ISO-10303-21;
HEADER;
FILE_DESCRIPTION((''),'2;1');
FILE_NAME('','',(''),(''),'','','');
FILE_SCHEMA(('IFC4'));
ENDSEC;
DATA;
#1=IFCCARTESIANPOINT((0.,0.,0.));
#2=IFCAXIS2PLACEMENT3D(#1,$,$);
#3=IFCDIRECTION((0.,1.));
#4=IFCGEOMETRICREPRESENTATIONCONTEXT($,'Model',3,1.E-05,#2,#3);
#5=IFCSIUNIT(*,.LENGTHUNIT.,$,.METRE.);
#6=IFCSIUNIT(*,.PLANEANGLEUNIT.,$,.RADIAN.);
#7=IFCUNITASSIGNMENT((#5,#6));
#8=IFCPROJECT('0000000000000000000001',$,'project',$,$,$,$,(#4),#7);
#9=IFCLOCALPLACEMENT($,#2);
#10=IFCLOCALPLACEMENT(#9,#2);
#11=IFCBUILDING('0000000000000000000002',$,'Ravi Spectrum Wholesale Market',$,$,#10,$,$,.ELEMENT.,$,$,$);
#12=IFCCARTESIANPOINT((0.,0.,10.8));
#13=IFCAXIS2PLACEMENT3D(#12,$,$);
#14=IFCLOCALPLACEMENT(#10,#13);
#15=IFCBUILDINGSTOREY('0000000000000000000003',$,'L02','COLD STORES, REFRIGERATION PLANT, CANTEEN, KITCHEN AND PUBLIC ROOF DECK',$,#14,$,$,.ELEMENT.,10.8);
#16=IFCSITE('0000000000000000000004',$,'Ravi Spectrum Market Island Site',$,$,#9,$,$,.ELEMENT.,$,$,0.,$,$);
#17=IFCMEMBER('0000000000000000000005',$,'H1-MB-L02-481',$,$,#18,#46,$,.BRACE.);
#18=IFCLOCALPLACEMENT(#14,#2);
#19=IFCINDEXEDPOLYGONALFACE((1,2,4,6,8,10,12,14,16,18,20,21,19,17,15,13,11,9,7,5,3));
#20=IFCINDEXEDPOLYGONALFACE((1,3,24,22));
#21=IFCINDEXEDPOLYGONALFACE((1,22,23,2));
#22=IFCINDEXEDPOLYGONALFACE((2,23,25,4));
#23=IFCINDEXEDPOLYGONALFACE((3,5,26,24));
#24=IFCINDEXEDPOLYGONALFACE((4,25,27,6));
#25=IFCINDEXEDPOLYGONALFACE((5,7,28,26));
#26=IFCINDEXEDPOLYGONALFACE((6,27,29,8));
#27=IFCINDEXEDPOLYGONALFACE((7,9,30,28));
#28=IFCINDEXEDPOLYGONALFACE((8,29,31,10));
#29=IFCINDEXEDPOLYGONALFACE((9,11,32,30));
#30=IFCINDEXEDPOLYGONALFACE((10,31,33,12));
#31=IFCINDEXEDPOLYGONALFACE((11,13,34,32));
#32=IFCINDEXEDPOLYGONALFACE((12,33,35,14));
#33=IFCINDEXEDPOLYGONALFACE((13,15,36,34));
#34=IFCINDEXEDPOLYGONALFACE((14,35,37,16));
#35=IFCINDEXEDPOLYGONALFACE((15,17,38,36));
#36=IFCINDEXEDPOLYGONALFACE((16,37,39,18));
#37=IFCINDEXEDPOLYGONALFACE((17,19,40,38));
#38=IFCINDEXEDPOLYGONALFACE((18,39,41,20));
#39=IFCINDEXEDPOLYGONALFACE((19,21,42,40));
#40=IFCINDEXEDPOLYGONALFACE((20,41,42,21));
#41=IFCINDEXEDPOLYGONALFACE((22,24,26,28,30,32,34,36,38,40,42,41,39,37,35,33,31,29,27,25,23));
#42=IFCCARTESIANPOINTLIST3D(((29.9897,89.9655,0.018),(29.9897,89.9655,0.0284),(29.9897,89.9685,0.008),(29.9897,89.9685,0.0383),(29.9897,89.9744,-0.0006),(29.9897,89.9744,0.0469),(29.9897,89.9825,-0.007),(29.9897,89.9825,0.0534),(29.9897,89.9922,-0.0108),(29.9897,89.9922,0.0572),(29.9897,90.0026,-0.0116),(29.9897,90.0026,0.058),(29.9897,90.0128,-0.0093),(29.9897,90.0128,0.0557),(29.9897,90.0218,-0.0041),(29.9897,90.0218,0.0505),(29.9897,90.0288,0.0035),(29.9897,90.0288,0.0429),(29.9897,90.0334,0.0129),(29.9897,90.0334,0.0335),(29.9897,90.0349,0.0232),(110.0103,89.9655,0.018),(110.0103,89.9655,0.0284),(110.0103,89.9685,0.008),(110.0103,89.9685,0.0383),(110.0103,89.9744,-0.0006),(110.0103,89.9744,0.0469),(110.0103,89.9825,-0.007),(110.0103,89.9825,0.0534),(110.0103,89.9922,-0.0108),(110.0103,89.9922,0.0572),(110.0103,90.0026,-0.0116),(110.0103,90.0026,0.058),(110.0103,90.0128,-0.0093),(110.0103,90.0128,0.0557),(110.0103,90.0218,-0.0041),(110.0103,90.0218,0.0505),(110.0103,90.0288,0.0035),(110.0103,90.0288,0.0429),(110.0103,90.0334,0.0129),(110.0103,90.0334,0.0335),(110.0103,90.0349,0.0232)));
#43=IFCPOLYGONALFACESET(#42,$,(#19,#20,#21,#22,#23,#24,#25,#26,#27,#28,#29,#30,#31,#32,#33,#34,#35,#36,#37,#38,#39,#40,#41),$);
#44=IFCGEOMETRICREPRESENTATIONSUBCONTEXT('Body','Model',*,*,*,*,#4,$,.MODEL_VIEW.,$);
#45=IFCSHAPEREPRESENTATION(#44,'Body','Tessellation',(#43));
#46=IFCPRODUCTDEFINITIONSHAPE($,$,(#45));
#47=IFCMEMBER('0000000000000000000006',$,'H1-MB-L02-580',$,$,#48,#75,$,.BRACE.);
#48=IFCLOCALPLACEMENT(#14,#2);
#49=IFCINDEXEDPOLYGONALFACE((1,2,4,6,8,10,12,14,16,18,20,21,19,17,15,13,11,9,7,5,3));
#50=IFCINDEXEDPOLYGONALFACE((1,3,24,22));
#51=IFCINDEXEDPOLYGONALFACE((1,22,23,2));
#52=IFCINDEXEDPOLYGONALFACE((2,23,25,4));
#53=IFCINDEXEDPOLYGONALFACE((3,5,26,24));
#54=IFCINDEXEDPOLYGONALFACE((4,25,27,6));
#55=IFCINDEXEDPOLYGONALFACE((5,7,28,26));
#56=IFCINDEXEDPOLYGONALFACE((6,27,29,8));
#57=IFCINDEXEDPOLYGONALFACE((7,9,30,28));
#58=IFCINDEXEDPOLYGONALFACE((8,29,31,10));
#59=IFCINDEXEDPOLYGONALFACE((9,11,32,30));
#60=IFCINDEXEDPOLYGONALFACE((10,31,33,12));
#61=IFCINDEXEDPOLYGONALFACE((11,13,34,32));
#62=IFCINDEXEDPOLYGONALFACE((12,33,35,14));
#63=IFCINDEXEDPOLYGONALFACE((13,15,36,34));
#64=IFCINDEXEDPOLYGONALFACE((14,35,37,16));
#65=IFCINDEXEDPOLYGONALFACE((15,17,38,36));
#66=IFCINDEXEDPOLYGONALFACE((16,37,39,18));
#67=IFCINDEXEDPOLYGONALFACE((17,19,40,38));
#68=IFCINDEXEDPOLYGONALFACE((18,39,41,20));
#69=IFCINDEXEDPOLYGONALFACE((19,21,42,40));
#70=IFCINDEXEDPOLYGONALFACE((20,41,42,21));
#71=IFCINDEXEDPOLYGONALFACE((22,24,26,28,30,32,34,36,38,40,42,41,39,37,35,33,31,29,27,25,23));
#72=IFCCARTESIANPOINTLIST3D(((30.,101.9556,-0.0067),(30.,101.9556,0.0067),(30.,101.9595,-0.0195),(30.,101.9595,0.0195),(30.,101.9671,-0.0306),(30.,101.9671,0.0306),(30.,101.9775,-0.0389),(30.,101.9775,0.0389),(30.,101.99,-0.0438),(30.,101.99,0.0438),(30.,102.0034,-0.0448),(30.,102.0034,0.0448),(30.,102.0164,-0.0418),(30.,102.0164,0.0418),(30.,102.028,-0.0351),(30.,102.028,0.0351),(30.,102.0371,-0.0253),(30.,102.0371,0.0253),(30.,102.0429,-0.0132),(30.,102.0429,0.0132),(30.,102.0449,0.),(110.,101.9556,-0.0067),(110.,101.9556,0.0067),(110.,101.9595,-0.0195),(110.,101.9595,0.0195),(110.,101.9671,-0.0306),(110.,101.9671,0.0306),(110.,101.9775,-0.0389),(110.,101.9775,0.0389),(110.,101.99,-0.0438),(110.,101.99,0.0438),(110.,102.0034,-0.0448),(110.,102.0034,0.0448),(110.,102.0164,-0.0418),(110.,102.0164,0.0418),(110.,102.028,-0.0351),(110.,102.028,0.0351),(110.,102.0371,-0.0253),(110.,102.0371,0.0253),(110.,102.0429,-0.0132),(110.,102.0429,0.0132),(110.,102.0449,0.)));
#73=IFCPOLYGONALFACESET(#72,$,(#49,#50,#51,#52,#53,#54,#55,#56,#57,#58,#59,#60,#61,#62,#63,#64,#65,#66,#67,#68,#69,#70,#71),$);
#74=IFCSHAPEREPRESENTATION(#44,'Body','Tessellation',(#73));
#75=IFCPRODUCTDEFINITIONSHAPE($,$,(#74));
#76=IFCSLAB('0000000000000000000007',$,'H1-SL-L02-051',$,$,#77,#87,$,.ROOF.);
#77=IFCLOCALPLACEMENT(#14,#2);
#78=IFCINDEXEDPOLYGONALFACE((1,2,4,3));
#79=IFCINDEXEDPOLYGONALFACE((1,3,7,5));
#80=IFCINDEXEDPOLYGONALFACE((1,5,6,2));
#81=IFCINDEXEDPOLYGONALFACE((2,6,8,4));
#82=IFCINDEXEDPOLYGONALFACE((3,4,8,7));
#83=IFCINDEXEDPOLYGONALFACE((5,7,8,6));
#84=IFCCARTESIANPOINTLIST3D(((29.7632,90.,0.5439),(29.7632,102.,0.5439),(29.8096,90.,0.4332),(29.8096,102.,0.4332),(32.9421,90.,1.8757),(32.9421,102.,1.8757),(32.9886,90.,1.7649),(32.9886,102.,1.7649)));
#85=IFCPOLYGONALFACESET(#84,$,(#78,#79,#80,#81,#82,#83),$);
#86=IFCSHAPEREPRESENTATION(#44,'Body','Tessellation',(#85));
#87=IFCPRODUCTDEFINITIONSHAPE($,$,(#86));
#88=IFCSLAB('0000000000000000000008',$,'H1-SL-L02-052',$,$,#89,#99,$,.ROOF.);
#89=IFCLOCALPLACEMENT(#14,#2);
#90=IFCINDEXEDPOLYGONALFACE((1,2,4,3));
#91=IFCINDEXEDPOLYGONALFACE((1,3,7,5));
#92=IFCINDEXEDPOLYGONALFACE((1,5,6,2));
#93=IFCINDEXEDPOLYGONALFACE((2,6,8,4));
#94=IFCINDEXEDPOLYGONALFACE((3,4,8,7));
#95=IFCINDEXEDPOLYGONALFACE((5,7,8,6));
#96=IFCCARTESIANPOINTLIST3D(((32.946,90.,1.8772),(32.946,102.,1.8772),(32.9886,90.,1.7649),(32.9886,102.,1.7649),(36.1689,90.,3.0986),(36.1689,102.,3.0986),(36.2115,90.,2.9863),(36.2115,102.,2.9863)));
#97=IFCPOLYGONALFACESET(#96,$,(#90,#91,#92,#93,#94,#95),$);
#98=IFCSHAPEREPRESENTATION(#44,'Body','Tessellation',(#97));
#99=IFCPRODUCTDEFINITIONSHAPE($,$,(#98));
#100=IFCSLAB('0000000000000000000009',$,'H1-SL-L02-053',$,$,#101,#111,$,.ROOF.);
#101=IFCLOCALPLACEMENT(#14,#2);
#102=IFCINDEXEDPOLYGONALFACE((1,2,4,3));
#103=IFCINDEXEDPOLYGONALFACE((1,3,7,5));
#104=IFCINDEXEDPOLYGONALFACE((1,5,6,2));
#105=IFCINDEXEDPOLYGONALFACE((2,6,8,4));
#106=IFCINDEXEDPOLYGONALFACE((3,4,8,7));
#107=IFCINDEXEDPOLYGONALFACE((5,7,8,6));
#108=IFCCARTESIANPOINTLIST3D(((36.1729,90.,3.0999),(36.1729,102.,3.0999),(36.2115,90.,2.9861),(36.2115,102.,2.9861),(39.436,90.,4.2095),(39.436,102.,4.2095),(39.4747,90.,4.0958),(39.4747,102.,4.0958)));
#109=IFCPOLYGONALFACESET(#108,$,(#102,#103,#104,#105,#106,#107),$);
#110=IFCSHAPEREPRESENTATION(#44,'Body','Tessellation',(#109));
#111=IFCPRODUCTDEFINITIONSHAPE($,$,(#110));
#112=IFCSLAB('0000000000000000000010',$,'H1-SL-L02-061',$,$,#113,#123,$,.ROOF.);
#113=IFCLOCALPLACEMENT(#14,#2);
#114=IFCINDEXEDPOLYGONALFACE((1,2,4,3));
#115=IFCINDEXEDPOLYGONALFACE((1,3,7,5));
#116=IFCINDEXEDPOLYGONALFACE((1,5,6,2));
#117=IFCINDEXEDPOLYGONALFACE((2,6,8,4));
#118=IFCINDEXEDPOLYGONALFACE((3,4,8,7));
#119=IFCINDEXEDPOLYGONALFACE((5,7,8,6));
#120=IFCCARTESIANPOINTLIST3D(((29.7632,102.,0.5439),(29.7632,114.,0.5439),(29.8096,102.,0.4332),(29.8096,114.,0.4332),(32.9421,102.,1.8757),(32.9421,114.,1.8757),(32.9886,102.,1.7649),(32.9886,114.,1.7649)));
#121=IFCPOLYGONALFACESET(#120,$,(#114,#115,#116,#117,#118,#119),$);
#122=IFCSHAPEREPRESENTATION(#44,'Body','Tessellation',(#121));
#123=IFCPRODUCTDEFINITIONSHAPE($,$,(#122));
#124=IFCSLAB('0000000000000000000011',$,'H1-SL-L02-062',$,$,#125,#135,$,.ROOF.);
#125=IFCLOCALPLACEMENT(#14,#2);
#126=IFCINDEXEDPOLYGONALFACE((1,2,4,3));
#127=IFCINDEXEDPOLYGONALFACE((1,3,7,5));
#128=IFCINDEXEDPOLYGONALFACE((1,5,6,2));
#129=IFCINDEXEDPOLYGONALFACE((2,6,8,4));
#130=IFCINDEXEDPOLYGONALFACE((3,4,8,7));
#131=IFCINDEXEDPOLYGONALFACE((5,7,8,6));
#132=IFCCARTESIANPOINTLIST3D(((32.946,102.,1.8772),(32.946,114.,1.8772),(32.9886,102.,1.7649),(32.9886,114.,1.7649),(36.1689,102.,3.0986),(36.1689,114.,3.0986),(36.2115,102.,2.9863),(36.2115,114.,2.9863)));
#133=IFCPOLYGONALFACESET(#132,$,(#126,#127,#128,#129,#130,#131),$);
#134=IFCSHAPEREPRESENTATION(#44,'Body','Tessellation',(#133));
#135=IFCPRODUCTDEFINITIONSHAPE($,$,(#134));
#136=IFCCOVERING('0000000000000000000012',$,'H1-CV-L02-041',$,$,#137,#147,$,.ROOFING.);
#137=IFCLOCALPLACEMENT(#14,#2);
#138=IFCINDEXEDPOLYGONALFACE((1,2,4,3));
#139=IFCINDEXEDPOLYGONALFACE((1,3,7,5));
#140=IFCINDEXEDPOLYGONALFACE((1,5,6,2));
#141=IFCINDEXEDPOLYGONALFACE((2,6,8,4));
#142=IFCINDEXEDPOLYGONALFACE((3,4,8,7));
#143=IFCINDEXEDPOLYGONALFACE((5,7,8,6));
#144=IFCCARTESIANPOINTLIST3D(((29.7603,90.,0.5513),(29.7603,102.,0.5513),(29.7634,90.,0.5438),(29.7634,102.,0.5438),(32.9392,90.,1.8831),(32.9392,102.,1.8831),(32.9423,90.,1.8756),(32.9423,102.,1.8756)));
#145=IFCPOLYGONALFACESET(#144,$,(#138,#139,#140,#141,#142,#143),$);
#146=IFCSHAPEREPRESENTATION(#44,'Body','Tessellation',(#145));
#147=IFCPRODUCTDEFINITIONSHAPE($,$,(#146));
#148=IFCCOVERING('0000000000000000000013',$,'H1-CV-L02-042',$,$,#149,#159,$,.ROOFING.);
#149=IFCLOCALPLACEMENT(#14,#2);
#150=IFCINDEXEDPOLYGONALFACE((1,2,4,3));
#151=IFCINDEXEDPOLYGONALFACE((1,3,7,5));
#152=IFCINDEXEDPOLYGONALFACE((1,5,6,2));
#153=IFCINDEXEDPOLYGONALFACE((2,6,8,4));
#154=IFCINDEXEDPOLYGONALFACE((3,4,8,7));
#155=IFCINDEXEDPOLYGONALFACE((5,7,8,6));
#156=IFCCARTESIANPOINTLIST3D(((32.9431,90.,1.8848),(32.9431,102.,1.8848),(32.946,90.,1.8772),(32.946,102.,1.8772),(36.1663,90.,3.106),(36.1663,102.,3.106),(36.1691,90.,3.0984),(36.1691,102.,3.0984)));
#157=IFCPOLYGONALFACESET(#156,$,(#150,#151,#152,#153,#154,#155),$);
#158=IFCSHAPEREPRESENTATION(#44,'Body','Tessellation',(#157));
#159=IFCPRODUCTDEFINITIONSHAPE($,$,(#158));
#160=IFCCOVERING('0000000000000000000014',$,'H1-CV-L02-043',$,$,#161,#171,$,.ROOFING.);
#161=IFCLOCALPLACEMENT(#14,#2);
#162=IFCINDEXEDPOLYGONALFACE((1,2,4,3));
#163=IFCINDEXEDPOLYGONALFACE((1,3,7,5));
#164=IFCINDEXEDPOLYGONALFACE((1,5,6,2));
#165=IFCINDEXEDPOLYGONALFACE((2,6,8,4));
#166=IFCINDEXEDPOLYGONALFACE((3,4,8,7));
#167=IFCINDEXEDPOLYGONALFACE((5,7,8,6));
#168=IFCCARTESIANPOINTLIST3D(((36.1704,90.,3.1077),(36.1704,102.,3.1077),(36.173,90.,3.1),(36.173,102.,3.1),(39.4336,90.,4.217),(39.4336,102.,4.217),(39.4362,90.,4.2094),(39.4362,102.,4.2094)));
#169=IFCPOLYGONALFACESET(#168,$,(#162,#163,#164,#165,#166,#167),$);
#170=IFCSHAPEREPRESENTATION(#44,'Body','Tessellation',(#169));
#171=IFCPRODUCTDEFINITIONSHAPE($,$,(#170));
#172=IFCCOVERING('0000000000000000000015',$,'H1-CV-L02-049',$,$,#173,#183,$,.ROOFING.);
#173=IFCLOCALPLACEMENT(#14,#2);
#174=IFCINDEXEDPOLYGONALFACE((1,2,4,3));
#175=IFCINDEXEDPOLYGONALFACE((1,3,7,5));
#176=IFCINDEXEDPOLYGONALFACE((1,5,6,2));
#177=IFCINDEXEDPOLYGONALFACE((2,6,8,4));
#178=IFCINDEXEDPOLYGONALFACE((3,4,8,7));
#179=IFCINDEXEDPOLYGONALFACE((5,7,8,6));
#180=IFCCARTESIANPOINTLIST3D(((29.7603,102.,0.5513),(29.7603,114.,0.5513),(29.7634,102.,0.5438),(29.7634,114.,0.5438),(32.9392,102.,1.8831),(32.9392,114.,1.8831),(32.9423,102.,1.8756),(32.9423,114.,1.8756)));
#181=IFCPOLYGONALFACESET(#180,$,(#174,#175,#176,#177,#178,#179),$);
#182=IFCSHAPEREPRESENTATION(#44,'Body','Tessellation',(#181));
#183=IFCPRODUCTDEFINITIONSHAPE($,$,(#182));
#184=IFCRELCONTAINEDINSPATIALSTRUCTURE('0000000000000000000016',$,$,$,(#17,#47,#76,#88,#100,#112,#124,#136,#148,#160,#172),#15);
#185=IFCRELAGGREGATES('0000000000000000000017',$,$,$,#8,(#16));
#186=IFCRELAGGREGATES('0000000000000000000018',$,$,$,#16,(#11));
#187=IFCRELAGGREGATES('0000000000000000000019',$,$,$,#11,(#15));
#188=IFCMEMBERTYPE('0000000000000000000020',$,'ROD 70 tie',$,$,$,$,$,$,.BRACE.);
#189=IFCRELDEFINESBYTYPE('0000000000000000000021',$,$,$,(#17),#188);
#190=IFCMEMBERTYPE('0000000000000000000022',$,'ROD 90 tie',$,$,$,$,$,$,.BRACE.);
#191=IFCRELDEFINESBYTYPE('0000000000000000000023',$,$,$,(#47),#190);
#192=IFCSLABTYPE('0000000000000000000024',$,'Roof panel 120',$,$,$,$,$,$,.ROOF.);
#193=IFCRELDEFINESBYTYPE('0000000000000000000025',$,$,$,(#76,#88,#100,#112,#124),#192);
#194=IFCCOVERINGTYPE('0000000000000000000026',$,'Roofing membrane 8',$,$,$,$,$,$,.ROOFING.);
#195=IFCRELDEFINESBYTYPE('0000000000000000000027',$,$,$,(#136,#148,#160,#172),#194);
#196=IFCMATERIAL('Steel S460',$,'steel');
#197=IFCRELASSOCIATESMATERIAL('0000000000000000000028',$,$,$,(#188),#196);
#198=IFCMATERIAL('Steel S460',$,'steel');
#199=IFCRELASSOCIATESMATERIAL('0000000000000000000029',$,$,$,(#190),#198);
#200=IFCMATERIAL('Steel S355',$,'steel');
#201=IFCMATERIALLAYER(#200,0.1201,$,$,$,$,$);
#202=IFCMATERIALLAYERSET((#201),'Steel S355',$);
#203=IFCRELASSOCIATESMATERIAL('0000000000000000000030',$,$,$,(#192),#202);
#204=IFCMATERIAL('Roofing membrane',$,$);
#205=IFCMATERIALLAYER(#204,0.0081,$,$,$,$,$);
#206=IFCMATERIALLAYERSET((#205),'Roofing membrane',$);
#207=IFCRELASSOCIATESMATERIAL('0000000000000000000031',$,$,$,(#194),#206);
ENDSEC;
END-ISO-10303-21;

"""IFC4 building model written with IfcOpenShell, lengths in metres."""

from ifc_helpers import new_model, si_unit, direction, frame, origin, origin_2d, place, context, subcontext, project, spatial, polyline, circle, outline, extrude, material, layer, layer_set, material_profile, profile_set, type_object, element, save


model = new_model("IFC4")

# Units and contexts
model_context = context("Model", 3, precision=1e-05, world=origin(), true_north=direction((0.0, 1.0)))
body_context = subcontext(model_context, "Body", "Model", "MODEL_VIEW")
ifc_project = project(units=[si_unit("LENGTHUNIT", "METRE"), si_unit("PLANEANGLEUNIT", "RADIAN")], contexts=[model_context])

# Site, building, storey
site_placement = place(None, origin())
site = spatial("IfcSite", under=ifc_project, at=site_placement, Name="Ravi Spectrum Market Island Site", CompositionType="ELEMENT", RefElevation=0.0)
building_placement = place(site_placement, origin())
building = spatial("IfcBuilding", under=site, at=building_placement, Name="Ravi Spectrum Wholesale Market", CompositionType="ELEMENT")
storey_placement = place(building_placement, frame((0.0, 0.0, 10.8)))
storey = spatial("IfcBuildingStorey", under=building, at=storey_placement, Name="L02", Description="COLD STORES, REFRIGERATION PLANT, CANTEEN, KITCHEN AND PUBLIC ROOF DECK", CompositionType="ELEMENT", Elevation=10.8)

# Members
ifc_material_1 = material(Name="Steel S460", Category="steel")
ifc_material_profile_1 = material_profile(ifc_material_1, circle(Radius=0.0349, at=origin_2d()))
ifc_profile_set_1 = profile_set([ifc_material_profile_1], Name="Steel S460")
member_type_1 = type_object("IfcMemberType", Name="ROD 70 tie", PredefinedType="BRACE", material=ifc_profile_set_1)
member_1_placement = place(storey_placement, frame((29.9897, 90.0, 0.0232), z_axis=(1.0, 0.0, 0.0), x_axis=(0.0, 1.0, 0.0)))
element("IfcMember", 1, at=member_1_placement, inside=storey, type_object=member_type_1, Name="H1-MB-L02-481", PredefinedType="BRACE", context=body_context, shape_type="SweptSolid", body=[
    extrude(circle(Radius=0.0349, at=origin_2d()), origin(), (0.0, 0.0, 1.0), 80.0205),
])
ifc_material_2 = material(Name="Steel S460", Category="steel")
ifc_material_profile_2 = material_profile(ifc_material_2, circle(Radius=0.0449, at=origin_2d()))
ifc_profile_set_2 = profile_set([ifc_material_profile_2], Name="Steel S460")
member_type_2 = type_object("IfcMemberType", Name="ROD 90 tie", PredefinedType="BRACE", material=ifc_profile_set_2)
member_2_placement = place(storey_placement, frame((30.0, 102.0, 0.0), z_axis=(1.0, 0.0, 0.0), x_axis=(0.0, 1.0, 0.0)))
element("IfcMember", 2, at=member_2_placement, inside=storey, type_object=member_type_2, Name="H1-MB-L02-580", PredefinedType="BRACE", context=body_context, shape_type="SweptSolid", body=[
    extrude(circle(Radius=0.0449, at=origin_2d()), origin(), (0.0, 0.0, 1.0), 80.0),
])

# Slabs
ifc_material_3 = material(Name="Steel S355", Category="steel")
ifc_layer_1 = layer(ifc_material_3, 0.1201)
ifc_layer_set_1 = layer_set([ifc_layer_1], Name="Steel S355")
slab_type = type_object("IfcSlabType", Name="Roof panel 120", PredefinedType="ROOF", material=ifc_layer_set_1)
slab_1_placement = place(storey_placement, frame((29.7632, 90.0, 0.5439), z_axis=(-0.3864, 0.0, 0.922331), x_axis=(0.922331, 0.0, 0.3864)))
element("IfcSlab", 3, at=slab_1_placement, inside=storey, type_object=slab_type, Name="H1-SL-L02-051", PredefinedType="ROOF", context=body_context, shape_type="SweptSolid", body=[
    extrude(outline(polyline([(0.0, 0.0), (3.4467, 0.0), (3.4467, 12.0), (0.0, 12.0), (0.0, 0.0)])), origin(), (0.0, 0.0, -1.0), 0.1201),
])
slab_2_placement = place(storey_placement, frame((32.946, 90.0, 1.8772), z_axis=(-0.354389, 0.0, 0.935098), x_axis=(0.935098, 0.0, 0.354389)))
element("IfcSlab", 4, at=slab_2_placement, inside=storey, type_object=slab_type, Name="H1-SL-L02-052", PredefinedType="ROOF", context=body_context, shape_type="SweptSolid", body=[
    extrude(outline(polyline([(0.0, 0.0), (3.4466, 0.0), (3.4466, 12.0), (0.0, 12.0), (0.0, 0.0)])), origin(), (0.0, 0.0, -1.0), 0.1201),
])
slab_3_placement = place(storey_placement, frame((36.1729, 90.0, 3.0999), z_axis=(-0.321938, 0.0, 0.946761), x_axis=(0.946761, 0.0, 0.321938)))
element("IfcSlab", 5, at=slab_3_placement, inside=storey, type_object=slab_type, Name="H1-SL-L02-053", PredefinedType="ROOF", context=body_context, shape_type="SweptSolid", body=[
    extrude(outline(polyline([(0.0, 0.0), (3.4467, 0.0), (3.4467, 12.0), (0.0, 12.0), (0.0, 0.0)])), origin(), (0.0, 0.0, -1.0), 0.1201),
])
slab_4_placement = place(storey_placement, frame((29.7632, 102.0, 0.5439), z_axis=(-0.3864, 0.0, 0.922331), x_axis=(0.922331, 0.0, 0.3864)))
element("IfcSlab", 6, at=slab_4_placement, inside=storey, type_object=slab_type, Name="H1-SL-L02-061", PredefinedType="ROOF", context=body_context, shape_type="SweptSolid", body=[
    extrude(outline(polyline([(0.0, 0.0), (3.4467, 0.0), (3.4467, 12.0), (0.0, 12.0), (0.0, 0.0)])), origin(), (0.0, 0.0, -1.0), 0.1201),
])
slab_5_placement = place(storey_placement, frame((32.946, 102.0, 1.8772), z_axis=(-0.354389, 0.0, 0.935098), x_axis=(0.935098, 0.0, 0.354389)))
element("IfcSlab", 7, at=slab_5_placement, inside=storey, type_object=slab_type, Name="H1-SL-L02-062", PredefinedType="ROOF", context=body_context, shape_type="SweptSolid", body=[
    extrude(outline(polyline([(0.0, 0.0), (3.4466, 0.0), (3.4466, 12.0), (0.0, 12.0), (0.0, 0.0)])), origin(), (0.0, 0.0, -1.0), 0.1201),
])

# Coverings
ifc_material_4 = material(Name="Roofing membrane")
ifc_layer_2 = layer(ifc_material_4, 0.0081)
ifc_layer_set_2 = layer_set([ifc_layer_2], Name="Roofing membrane")
covering_type = type_object("IfcCoveringType", Name="Roofing membrane 8", PredefinedType="ROOFING", material=ifc_layer_set_2)
covering_1_placement = place(storey_placement, frame((29.7603, 90.0, 0.5513), z_axis=(-0.3864, 0.0, 0.922331), x_axis=(0.922331, 0.0, 0.3864)))
element("IfcCovering", 8, at=covering_1_placement, inside=storey, type_object=covering_type, Name="H1-CV-L02-041", PredefinedType="ROOFING", context=body_context, shape_type="SweptSolid", body=[
    extrude(outline(polyline([(0.0, 0.0), (3.4467, 0.0), (3.4467, 12.0), (0.0, 12.0), (0.0, 0.0)])), origin(), (0.0, 0.0, -1.0), 0.0081),
])
covering_2_placement = place(storey_placement, frame((32.9431, 90.0, 1.8848), z_axis=(-0.354304, 0.0, 0.93513), x_axis=(0.93513, 0.0, 0.354304)))
element("IfcCovering", 9, at=covering_2_placement, inside=storey, type_object=covering_type, Name="H1-CV-L02-042", PredefinedType="ROOFING", context=body_context, shape_type="SweptSolid", body=[
    extrude(outline(polyline([(0.0, 0.0), (3.4467, 0.0), (3.4467, 12.0), (0.0, 12.0), (0.0, 0.0)])), origin(), (0.0, 0.0, -1.0), 0.0081),
])
covering_3_placement = place(storey_placement, frame((36.1704, 90.0, 3.1077), z_axis=(-0.321875, 0.0, 0.946782), x_axis=(0.946782, 0.0, 0.321875)))
element("IfcCovering", 10, at=covering_3_placement, inside=storey, type_object=covering_type, Name="H1-CV-L02-043", PredefinedType="ROOFING", context=body_context, shape_type="SweptSolid", body=[
    extrude(outline(polyline([(0.0, 0.0), (3.4466, 0.0), (3.4466, 12.0), (0.0, 12.0), (0.0, 0.0)])), origin(), (0.0, 0.0, -1.0), 0.0081),
])
covering_4_placement = place(storey_placement, frame((29.7603, 102.0, 0.5513), z_axis=(-0.3864, 0.0, 0.922331), x_axis=(0.922331, 0.0, 0.3864)))
element("IfcCovering", 11, at=covering_4_placement, inside=storey, type_object=covering_type, Name="H1-CV-L02-049", PredefinedType="ROOFING", context=body_context, shape_type="SweptSolid", body=[
    extrude(outline(polyline([(0.0, 0.0), (3.4467, 0.0), (3.4467, 12.0), (0.0, 12.0), (0.0, 0.0)])), origin(), (0.0, 0.0, -1.0), 0.0081),
])

save(model, "model.ifc")
